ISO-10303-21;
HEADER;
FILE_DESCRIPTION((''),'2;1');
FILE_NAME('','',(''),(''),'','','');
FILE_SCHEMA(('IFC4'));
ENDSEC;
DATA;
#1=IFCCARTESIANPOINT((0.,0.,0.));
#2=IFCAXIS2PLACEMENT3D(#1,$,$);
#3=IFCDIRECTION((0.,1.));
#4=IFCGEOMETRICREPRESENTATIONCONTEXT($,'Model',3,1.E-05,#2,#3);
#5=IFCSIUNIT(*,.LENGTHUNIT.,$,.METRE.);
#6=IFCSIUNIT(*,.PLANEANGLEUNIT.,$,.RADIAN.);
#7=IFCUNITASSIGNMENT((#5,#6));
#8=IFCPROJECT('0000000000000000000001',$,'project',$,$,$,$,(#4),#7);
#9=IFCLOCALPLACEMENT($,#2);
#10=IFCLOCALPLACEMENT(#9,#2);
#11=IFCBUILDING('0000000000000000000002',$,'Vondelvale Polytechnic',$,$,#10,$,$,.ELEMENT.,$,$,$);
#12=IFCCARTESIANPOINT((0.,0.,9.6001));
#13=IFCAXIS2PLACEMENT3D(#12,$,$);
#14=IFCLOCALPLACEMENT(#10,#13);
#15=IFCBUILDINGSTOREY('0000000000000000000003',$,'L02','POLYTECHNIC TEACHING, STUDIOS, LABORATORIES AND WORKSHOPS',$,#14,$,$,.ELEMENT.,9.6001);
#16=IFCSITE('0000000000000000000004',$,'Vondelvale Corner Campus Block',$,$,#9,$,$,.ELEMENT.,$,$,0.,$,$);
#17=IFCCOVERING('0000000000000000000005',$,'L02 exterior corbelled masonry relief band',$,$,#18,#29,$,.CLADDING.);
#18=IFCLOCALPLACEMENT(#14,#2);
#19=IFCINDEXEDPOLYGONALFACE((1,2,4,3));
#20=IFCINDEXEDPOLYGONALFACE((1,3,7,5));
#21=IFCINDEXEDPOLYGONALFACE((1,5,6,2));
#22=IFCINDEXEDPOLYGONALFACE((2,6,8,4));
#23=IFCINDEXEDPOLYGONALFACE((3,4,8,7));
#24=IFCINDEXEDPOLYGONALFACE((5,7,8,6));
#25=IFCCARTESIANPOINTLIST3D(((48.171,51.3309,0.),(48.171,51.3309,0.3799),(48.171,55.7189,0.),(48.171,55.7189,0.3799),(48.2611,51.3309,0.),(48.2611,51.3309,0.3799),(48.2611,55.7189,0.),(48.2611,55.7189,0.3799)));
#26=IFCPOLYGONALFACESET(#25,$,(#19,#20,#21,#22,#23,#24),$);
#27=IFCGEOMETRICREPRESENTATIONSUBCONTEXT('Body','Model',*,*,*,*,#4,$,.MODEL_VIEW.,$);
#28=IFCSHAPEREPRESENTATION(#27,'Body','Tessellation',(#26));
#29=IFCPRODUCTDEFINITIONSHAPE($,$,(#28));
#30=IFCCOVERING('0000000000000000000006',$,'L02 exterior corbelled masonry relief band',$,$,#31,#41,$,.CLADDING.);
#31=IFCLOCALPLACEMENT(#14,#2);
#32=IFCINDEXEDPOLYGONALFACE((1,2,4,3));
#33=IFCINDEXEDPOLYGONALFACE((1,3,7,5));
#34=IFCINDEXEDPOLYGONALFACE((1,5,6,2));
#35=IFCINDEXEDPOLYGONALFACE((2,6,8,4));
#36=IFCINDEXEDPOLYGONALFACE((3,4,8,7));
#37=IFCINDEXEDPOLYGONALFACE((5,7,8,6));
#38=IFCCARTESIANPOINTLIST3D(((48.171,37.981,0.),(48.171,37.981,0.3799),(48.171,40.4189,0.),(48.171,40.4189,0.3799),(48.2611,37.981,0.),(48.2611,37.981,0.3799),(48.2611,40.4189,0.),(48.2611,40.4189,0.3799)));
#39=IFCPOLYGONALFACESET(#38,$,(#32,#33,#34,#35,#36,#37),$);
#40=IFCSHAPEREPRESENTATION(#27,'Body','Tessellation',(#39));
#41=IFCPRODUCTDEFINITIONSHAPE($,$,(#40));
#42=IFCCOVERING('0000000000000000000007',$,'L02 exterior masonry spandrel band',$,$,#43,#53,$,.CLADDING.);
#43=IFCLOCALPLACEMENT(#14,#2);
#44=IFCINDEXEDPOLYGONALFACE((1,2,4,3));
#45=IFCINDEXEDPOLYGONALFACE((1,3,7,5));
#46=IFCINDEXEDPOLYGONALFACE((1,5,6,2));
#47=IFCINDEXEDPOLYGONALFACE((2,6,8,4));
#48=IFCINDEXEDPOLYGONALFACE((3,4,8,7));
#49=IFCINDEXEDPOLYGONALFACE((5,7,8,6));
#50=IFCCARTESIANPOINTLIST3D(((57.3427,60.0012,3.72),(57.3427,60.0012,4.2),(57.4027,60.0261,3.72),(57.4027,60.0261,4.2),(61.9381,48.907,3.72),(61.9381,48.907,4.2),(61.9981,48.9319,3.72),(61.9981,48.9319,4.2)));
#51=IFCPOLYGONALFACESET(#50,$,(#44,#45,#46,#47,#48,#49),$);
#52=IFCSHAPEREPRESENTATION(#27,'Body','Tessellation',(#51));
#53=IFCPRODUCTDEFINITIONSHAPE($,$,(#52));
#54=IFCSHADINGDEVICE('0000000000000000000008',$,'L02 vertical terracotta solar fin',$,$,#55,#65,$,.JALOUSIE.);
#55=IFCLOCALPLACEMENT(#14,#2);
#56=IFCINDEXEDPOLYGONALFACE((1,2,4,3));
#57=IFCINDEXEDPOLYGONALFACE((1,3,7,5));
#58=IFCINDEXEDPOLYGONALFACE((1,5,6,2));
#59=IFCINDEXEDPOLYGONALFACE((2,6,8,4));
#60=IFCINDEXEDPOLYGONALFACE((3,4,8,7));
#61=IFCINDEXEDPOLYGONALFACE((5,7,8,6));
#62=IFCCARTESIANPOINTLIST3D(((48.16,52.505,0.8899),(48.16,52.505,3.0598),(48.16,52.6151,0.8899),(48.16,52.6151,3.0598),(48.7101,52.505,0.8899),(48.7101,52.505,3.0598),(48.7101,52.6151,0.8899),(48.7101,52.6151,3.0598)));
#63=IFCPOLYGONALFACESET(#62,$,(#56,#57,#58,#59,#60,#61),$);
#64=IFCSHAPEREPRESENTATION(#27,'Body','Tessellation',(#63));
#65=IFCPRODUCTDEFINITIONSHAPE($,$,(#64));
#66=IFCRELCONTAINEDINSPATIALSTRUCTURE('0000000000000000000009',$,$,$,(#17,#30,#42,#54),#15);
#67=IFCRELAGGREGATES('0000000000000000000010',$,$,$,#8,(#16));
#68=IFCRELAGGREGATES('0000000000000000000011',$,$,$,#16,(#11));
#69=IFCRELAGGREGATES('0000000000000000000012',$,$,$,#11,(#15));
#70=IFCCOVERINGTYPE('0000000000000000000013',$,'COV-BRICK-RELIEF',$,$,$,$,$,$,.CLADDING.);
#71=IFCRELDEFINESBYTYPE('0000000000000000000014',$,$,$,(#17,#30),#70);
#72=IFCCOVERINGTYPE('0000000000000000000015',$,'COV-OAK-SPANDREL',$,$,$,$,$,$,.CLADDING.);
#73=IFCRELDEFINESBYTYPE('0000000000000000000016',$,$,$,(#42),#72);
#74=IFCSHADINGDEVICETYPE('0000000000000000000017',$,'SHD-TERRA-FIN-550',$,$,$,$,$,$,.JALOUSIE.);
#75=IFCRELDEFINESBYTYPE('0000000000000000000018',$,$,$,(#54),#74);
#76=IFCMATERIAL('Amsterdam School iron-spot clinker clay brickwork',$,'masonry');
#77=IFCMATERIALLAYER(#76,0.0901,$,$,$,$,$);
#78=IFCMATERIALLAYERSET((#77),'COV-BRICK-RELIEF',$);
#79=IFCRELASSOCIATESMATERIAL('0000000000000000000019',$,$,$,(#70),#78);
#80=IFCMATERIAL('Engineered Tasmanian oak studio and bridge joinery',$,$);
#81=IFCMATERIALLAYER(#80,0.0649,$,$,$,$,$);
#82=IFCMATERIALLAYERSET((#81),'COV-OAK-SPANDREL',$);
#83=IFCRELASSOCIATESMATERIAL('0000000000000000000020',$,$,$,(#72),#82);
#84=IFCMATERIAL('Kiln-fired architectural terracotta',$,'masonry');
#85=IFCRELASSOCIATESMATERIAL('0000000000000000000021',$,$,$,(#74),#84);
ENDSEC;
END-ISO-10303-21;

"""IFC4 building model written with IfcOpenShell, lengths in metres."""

from ifc_helpers import new_model, si_unit, direction, frame, origin, origin_2d, place, context, subcontext, project, spatial, rectangle, extrude, material, layer, layer_set, type_object, element, save


model = new_model("IFC4")

# Units and contexts
model_context = context("Model", 3, precision=1e-05, world=origin(), true_north=direction((0.0, 1.0)))
body_context = subcontext(model_context, "Body", "Model", "MODEL_VIEW")
ifc_project = project(units=[si_unit("LENGTHUNIT", "METRE"), si_unit("PLANEANGLEUNIT", "RADIAN")], contexts=[model_context])

# Site, building, storey
site_placement = place(None, origin())
site = spatial("IfcSite", under=ifc_project, at=site_placement, Name="Vondelvale Corner Campus Block", CompositionType="ELEMENT", RefElevation=0.0)
building_placement = place(site_placement, origin())
building = spatial("IfcBuilding", under=site, at=building_placement, Name="Vondelvale Polytechnic", CompositionType="ELEMENT")
storey_placement = place(building_placement, frame((0.0, 0.0, 9.6001)))
storey = spatial("IfcBuildingStorey", under=building, at=storey_placement, Name="L02", Description="POLYTECHNIC TEACHING, STUDIOS, LABORATORIES AND WORKSHOPS", CompositionType="ELEMENT", Elevation=9.6001)

# Shared definitions
ifc_material_1 = material(Name="Engineered Tasmanian oak studio and bridge joinery")

# Shared definitions
ifc_material_2 = material(Name="Amsterdam School iron-spot clinker clay brickwork", Category="masonry")

# Coverings
ifc_layer_1 = layer(ifc_material_2, 0.0901)
ifc_layer_set_1 = layer_set([ifc_layer_1], Name="COV-BRICK-RELIEF")
covering_type_1 = type_object("IfcCoveringType", Name="COV-BRICK-RELIEF", PredefinedType="CLADDING", material=ifc_layer_set_1)
covering_1_placement = place(storey_placement, frame((48.2161, 53.5249, 0.0), z_axis=(0.0, 0.0, 1.0), x_axis=(0.0, -1.0, 0.0)))
element("IfcCovering", 1, at=covering_1_placement, inside=storey, type_object=covering_type_1, Name="L02 exterior corbelled masonry relief band", PredefinedType="CLADDING", context=body_context, shape_type="SweptSolid", body=[
    extrude(rectangle(XDim=4.3879, YDim=0.0901, at=origin_2d()), origin(), (0.0, 0.0, 1.0), 0.3799),
])
covering_2_placement = place(storey_placement, frame((48.2161, 39.2, 0.0), z_axis=(0.0, 0.0, 1.0), x_axis=(0.0, -1.0, 0.0)))
element("IfcCovering", 2, at=covering_2_placement, inside=storey, type_object=covering_type_1, Name="L02 exterior corbelled masonry relief band", PredefinedType="CLADDING", context=body_context, shape_type="SweptSolid", body=[
    extrude(rectangle(XDim=2.438, YDim=0.0901, at=origin_2d()), origin(), (0.0, 0.0, 1.0), 0.3799),
])
ifc_layer_2 = layer(ifc_material_1, 0.0649)
ifc_layer_set_2 = layer_set([ifc_layer_2], Name="COV-OAK-SPANDREL")
covering_type_2 = type_object("IfcCoveringType", Name="COV-OAK-SPANDREL", PredefinedType="CLADDING", material=ifc_layer_set_2)
covering_3_placement = place(storey_placement, frame((59.6704, 54.4666, 3.72), z_axis=(0.0, 0.0, 1.0), x_axis=(0.382683, -0.92388, 0.0)))
element("IfcCovering", 3, at=covering_3_placement, inside=storey, type_object=covering_type_2, Name="L02 exterior masonry spandrel band", PredefinedType="CLADDING", context=body_context, shape_type="SweptSolid", body=[
    extrude(rectangle(XDim=12.0083, YDim=0.0649, at=origin_2d()), origin(), (0.0, 0.0, 1.0), 0.48),
])

# Shading device
ifc_material_3 = material(Name="Kiln-fired architectural terracotta", Category="masonry")
shading_device_type = type_object("IfcShadingDeviceType", Name="SHD-TERRA-FIN-550", PredefinedType="JALOUSIE", material=ifc_material_3)
shading_device_placement = place(storey_placement, frame((48.4351, 52.5601, 0.8899), z_axis=(0.0, 0.0, 1.0), x_axis=(0.0, -1.0, 0.0)))
element("IfcShadingDevice", 4, at=shading_device_placement, inside=storey, type_object=shading_device_type, Name="L02 vertical terracotta solar fin", PredefinedType="JALOUSIE", context=body_context, shape_type="SweptSolid", body=[
    extrude(rectangle(XDim=0.1101, YDim=0.55, at=origin_2d()), origin(), (0.0, 0.0, 1.0), 2.1699),
])

save(model, "model.ifc")
